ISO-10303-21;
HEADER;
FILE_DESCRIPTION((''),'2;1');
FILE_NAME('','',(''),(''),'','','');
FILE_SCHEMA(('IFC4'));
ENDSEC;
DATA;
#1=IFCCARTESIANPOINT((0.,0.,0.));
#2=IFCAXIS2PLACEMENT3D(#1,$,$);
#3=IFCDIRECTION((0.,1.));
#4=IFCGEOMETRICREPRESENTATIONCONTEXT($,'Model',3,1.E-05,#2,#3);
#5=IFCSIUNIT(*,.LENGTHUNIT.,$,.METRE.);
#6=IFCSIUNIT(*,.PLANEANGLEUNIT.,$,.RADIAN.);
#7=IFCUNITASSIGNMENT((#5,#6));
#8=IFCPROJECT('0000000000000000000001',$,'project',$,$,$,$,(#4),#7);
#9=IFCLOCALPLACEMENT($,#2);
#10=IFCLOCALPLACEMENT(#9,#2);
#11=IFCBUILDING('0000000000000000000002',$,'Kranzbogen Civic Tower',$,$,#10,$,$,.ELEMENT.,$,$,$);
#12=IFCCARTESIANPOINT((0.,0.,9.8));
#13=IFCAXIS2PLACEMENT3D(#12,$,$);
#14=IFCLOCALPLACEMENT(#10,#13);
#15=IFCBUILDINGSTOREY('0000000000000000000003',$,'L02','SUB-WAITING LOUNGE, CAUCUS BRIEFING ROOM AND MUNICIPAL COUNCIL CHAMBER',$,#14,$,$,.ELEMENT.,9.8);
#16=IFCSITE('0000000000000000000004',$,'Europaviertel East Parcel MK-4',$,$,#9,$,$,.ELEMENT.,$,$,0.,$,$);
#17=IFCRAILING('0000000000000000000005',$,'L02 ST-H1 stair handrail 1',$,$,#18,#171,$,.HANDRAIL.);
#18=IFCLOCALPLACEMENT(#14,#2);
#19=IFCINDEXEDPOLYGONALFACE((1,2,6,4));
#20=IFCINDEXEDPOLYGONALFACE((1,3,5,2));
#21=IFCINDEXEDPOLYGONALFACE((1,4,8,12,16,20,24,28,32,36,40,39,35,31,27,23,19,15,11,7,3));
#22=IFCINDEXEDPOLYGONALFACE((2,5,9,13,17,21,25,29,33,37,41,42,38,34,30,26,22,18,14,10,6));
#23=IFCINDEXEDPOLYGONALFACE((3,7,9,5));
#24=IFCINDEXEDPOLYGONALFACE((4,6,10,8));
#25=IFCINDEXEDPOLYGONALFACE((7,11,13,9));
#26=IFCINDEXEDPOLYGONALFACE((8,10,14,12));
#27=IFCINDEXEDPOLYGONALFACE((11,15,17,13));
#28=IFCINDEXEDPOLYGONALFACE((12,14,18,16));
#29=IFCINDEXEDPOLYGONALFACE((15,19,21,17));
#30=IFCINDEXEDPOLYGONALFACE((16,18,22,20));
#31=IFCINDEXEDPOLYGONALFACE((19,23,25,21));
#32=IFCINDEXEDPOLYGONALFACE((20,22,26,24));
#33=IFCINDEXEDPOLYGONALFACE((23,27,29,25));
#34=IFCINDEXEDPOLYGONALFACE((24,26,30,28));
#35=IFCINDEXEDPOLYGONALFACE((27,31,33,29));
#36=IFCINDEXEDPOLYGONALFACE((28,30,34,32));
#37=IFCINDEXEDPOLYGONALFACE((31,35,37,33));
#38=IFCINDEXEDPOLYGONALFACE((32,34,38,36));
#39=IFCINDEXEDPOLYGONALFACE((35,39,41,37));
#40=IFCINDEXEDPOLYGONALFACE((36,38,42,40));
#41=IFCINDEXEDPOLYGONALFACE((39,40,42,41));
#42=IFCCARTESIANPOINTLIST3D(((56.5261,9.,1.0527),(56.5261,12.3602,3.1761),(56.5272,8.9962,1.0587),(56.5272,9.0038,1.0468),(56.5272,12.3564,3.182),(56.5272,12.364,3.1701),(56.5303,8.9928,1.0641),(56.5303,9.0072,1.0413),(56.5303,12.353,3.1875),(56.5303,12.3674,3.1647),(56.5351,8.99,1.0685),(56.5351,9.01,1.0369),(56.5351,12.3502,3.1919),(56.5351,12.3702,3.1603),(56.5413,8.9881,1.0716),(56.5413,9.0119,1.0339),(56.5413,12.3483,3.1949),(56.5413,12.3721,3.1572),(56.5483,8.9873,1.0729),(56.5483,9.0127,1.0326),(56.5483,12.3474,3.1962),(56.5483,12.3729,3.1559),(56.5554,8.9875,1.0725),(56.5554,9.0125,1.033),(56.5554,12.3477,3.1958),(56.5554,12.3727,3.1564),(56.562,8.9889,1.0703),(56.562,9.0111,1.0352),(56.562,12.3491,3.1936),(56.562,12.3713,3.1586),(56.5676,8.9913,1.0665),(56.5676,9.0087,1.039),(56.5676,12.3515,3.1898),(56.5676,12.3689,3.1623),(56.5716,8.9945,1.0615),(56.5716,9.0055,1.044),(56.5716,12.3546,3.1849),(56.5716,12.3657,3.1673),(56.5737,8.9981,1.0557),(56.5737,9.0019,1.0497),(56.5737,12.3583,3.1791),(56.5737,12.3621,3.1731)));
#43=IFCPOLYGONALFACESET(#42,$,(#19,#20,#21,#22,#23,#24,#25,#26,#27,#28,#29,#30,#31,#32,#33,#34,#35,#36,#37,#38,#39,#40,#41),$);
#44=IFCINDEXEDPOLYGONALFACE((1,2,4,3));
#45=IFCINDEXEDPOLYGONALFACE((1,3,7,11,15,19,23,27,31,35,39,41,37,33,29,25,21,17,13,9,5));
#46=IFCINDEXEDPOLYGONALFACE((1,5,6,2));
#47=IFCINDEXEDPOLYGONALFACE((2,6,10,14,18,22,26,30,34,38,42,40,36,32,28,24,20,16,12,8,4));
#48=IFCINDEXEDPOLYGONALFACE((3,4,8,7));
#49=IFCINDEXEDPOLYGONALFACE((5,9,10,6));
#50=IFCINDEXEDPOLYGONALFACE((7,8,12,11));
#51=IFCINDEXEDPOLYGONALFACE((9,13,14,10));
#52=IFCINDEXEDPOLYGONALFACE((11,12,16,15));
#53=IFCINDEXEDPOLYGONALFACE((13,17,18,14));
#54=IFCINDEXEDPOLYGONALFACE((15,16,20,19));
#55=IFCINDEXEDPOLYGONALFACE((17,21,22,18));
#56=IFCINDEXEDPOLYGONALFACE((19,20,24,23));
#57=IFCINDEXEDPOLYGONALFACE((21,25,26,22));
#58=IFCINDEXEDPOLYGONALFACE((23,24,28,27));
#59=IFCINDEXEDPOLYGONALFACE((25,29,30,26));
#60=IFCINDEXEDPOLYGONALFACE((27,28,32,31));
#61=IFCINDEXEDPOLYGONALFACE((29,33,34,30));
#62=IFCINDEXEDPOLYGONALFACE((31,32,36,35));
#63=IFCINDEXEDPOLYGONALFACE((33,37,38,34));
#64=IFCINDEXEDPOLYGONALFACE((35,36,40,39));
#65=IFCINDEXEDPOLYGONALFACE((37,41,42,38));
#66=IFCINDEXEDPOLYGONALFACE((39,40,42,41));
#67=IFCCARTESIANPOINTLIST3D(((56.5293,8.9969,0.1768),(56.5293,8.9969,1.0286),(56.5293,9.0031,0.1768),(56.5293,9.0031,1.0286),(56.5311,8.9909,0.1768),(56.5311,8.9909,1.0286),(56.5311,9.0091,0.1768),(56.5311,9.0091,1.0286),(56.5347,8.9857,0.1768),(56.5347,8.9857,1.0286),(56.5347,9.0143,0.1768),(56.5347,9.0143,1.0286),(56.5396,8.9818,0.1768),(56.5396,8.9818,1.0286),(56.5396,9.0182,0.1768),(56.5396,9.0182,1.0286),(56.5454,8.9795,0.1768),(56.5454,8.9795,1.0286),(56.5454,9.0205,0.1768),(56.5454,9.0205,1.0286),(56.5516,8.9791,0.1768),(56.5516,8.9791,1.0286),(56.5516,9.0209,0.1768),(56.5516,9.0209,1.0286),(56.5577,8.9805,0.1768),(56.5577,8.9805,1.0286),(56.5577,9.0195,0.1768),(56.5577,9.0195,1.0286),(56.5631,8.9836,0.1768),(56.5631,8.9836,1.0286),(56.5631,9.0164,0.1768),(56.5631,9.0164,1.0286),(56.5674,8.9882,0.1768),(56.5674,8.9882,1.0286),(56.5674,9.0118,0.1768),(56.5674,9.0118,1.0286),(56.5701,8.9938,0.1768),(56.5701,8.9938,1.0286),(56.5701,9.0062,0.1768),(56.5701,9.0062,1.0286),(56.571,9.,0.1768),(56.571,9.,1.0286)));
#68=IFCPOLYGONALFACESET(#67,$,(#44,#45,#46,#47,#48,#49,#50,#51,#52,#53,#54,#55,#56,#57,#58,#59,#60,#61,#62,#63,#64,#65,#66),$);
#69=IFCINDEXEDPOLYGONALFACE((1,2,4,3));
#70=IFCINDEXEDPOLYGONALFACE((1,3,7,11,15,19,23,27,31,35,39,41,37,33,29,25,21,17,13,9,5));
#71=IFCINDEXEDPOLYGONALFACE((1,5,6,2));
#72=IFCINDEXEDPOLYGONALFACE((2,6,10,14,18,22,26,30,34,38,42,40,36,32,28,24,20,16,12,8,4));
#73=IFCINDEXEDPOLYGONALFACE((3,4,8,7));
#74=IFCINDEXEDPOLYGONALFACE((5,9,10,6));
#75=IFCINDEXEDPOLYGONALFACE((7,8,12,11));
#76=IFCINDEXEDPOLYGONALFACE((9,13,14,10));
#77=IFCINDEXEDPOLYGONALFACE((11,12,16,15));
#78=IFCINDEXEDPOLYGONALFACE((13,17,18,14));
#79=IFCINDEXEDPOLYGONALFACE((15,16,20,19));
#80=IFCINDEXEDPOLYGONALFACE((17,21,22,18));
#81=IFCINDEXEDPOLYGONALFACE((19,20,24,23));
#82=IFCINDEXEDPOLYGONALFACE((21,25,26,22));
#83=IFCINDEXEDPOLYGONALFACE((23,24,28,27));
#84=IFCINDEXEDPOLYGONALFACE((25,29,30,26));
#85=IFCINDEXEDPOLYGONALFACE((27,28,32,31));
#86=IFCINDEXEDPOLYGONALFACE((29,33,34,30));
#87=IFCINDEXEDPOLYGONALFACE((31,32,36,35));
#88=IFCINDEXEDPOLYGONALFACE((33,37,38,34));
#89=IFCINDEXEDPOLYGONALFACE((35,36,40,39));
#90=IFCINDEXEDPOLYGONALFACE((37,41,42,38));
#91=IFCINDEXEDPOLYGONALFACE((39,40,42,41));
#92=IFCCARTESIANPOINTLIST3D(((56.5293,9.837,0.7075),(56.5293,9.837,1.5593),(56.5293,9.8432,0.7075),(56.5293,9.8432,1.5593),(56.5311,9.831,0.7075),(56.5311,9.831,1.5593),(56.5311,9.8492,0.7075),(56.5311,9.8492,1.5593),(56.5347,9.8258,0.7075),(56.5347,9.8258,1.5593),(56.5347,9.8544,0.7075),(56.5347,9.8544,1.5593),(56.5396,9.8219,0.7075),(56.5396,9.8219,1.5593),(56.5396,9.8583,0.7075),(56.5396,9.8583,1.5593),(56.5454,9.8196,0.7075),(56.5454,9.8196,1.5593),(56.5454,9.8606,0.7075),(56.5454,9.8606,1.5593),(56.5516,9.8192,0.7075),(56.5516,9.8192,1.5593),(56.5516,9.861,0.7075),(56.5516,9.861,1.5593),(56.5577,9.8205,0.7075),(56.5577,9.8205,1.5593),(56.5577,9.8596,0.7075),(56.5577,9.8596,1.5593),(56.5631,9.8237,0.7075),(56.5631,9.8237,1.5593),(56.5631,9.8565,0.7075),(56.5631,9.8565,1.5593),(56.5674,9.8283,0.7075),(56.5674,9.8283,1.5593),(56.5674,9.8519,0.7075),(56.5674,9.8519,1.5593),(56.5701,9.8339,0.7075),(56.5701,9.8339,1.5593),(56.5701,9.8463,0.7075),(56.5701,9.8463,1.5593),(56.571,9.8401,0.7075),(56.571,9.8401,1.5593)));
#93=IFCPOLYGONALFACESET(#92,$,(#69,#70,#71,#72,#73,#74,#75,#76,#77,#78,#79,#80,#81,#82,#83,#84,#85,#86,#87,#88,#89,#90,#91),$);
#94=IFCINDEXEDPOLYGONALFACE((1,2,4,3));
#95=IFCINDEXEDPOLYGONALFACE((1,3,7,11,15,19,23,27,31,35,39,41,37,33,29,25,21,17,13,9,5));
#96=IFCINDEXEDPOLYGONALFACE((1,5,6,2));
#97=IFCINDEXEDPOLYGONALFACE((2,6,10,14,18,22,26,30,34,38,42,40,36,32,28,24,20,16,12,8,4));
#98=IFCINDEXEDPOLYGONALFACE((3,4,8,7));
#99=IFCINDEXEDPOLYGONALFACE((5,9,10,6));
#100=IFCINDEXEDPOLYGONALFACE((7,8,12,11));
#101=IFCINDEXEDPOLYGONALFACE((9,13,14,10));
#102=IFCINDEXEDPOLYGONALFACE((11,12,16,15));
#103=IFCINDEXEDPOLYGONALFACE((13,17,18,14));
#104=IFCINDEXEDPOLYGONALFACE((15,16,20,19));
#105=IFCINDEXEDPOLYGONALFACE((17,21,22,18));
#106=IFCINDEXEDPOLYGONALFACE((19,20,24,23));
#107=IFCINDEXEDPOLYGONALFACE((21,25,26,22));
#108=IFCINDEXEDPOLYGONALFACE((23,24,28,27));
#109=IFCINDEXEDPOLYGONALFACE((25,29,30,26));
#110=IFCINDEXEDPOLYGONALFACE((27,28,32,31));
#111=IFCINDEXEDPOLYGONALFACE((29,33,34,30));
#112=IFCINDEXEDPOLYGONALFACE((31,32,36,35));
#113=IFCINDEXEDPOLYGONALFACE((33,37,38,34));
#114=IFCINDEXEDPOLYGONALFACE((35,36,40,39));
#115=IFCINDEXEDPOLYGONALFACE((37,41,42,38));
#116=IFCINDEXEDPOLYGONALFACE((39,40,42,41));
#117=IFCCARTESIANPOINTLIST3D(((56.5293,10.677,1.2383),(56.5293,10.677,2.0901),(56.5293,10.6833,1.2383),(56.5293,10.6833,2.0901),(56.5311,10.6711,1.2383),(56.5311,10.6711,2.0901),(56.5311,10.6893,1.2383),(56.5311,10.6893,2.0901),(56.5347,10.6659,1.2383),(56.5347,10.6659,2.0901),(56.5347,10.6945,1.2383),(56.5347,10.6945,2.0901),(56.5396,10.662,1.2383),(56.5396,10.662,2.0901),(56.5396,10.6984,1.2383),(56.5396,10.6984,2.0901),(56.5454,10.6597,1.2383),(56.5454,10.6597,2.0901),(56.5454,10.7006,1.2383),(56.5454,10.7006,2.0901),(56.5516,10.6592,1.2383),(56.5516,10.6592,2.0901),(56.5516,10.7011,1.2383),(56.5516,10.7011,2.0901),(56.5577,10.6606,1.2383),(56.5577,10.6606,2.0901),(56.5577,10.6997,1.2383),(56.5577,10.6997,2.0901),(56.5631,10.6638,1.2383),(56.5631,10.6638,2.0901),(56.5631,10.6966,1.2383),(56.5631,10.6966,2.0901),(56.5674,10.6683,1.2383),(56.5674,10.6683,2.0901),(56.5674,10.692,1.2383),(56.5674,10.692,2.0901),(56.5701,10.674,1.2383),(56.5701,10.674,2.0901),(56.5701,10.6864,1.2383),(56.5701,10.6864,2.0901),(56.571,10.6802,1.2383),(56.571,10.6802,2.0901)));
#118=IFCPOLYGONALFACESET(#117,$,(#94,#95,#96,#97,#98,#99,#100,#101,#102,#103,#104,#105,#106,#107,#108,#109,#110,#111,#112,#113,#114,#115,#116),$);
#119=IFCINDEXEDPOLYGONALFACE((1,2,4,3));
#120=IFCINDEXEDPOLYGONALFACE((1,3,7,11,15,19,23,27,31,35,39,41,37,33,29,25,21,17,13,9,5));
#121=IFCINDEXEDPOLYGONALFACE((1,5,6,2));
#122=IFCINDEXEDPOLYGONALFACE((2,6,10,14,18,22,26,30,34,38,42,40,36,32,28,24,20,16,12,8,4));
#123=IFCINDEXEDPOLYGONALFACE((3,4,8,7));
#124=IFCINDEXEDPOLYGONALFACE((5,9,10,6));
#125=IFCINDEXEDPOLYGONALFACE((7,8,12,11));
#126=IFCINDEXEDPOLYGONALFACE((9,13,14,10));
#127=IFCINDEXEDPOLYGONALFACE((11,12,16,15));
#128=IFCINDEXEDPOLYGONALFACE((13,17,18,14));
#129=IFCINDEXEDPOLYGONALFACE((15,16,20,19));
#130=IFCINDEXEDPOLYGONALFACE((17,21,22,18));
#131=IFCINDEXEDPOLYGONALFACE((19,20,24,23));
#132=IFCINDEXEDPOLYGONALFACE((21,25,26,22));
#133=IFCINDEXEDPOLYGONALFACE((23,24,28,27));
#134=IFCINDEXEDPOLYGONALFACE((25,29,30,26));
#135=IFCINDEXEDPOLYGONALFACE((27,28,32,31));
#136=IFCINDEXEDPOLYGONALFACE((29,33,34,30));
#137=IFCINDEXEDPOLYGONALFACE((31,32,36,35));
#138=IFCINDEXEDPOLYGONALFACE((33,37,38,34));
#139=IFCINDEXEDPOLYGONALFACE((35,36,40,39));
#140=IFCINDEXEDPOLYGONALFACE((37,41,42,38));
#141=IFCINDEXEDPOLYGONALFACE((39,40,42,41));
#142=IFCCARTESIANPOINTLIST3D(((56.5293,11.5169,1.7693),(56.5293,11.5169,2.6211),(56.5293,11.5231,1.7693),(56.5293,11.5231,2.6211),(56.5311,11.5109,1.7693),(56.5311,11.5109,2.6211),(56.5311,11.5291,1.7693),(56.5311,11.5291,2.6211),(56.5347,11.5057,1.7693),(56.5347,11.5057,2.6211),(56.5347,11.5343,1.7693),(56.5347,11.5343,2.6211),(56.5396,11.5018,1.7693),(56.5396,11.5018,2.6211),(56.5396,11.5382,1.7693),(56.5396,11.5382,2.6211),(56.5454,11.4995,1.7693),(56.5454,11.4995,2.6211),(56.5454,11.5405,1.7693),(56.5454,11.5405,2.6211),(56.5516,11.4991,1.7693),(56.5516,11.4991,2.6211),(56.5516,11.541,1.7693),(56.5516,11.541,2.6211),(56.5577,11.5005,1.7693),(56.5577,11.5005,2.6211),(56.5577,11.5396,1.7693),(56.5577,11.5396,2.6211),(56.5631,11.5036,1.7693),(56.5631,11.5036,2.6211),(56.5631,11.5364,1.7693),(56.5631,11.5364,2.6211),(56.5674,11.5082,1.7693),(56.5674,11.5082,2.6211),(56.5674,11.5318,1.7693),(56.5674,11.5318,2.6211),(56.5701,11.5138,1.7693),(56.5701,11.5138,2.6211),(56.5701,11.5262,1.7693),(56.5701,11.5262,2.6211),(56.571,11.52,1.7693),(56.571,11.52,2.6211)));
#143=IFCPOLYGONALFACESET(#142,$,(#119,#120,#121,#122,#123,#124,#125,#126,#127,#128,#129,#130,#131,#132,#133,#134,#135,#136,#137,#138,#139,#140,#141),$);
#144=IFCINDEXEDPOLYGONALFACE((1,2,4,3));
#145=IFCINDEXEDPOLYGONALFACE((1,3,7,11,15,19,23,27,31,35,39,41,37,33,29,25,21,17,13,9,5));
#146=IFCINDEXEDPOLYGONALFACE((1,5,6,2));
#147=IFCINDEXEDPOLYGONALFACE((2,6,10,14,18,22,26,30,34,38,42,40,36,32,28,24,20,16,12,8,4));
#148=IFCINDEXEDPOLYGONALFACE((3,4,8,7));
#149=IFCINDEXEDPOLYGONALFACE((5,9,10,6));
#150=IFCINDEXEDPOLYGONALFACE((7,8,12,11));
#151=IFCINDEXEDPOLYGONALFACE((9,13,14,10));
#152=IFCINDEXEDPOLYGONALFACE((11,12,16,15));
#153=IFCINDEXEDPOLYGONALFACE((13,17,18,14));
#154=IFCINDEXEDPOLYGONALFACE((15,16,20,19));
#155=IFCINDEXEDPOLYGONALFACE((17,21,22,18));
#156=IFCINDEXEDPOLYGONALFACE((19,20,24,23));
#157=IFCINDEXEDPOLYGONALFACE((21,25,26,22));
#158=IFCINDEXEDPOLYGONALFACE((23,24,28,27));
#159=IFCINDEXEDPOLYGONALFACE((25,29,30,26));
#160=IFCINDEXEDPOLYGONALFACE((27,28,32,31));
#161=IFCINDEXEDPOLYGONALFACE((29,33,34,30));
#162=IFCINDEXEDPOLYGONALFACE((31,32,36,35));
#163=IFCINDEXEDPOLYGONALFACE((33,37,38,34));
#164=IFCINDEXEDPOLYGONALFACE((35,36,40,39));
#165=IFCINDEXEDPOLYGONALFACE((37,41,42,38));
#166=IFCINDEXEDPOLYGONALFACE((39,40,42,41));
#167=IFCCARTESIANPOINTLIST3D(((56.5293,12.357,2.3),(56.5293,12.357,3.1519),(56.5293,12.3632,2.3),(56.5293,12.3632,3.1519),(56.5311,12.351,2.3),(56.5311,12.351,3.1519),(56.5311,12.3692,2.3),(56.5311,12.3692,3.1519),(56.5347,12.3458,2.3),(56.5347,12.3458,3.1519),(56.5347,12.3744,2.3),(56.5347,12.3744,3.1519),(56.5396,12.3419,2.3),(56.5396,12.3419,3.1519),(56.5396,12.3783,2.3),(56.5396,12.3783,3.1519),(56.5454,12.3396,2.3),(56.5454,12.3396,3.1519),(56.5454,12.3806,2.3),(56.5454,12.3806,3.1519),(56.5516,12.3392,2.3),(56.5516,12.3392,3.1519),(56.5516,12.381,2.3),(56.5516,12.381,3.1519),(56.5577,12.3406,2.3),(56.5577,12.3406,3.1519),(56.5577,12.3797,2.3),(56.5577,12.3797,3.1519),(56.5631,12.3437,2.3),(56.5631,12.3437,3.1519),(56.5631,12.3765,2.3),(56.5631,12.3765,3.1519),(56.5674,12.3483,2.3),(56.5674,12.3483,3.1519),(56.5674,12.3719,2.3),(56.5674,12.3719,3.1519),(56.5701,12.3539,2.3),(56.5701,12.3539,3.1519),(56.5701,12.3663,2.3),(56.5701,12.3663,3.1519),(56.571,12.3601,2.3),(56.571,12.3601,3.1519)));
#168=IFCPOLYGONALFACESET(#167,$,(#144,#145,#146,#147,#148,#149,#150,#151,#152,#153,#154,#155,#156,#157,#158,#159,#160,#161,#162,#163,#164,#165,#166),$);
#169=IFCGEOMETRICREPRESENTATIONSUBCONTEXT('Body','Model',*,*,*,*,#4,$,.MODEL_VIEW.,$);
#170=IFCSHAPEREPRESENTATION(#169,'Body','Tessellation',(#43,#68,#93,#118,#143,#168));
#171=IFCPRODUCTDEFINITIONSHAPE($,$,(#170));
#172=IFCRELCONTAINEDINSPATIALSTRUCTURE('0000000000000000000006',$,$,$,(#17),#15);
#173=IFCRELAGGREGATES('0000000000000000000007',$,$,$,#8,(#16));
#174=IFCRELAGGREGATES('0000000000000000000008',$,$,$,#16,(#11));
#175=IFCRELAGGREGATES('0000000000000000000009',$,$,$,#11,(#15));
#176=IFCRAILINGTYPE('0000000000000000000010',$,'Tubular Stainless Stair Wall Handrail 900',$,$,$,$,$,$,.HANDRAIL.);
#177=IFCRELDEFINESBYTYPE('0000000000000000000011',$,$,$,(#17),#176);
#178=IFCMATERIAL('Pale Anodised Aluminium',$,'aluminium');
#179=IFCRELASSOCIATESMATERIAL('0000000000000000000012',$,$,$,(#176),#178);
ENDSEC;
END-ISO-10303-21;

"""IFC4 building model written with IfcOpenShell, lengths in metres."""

from ifc_helpers import new_model, si_unit, direction, frame, origin, origin_2d, place, context, subcontext, project, spatial, circle, extrude, material, type_object, element, save


model = new_model("IFC4")

# Units and contexts
model_context = context("Model", 3, precision=1e-05, world=origin(), true_north=direction((0.0, 1.0)))
body_context = subcontext(model_context, "Body", "Model", "MODEL_VIEW")
ifc_project = project(units=[si_unit("LENGTHUNIT", "METRE"), si_unit("PLANEANGLEUNIT", "RADIAN")], contexts=[model_context])

# Site, building, storey
site_placement = place(None, origin())
site = spatial("IfcSite", under=ifc_project, at=site_placement, Name="Europaviertel East Parcel MK-4", CompositionType="ELEMENT", RefElevation=0.0)
building_placement = place(site_placement, origin())
building = spatial("IfcBuilding", under=site, at=building_placement, Name="Kranzbogen Civic Tower", CompositionType="ELEMENT")
storey_placement = place(building_placement, frame((0.0, 0.0, 9.8)))
storey = spatial("IfcBuildingStorey", under=building, at=storey_placement, Name="L02", Description="SUB-WAITING LOUNGE, CAUCUS BRIEFING ROOM AND MUNICIPAL COUNCIL CHAMBER", CompositionType="ELEMENT", Elevation=9.8)

# Shared definitions
ifc_material_1 = material(Name="Pale Anodised Aluminium", Category="aluminium")

# Railing
railing_type_1 = type_object("IfcRailingType", Name="Tubular Stainless Stair Wall Handrail 900", PredefinedType="HANDRAIL", material=ifc_material_1)
railing_1_placement = place(storey_placement, frame((56.55, 9.0, 0.1768)))
element("IfcRailing", 1, at=railing_1_placement, inside=storey, type_object=railing_type_1, Name="L02 ST-H1 stair handrail 1", PredefinedType="HANDRAIL", context=body_context, shape_type="SweptSolid", body=[
    extrude(circle(Radius=0.0239, at=origin_2d()), frame((0.0, 0.0, 0.876), z_axis=(0.0, 0.845362, 0.534194), x_axis=(-1.0, 0.0, 0.0)), (0.0, 0.0, 1.0), 3.9749),
    extrude(circle(Radius=0.021, at=origin_2d()), origin(), (0.0, 0.0, 1.0), 0.8518),
    extrude(circle(Radius=0.021, at=origin_2d()), frame((0.0, 0.8401, 0.5308)), (0.0, 0.0, 1.0), 0.8518),
    extrude(circle(Radius=0.021, at=origin_2d()), frame((0.0, 1.6802, 1.0615)), (0.0, 0.0, 1.0), 0.8518),
    extrude(circle(Radius=0.021, at=origin_2d()), frame((0.0, 2.52, 1.5925)), (0.0, 0.0, 1.0), 0.8518),
    extrude(circle(Radius=0.021, at=origin_2d()), frame((0.0, 3.3601, 2.1233)), (0.0, 0.0, 1.0), 0.8518),
])

save(model, "model.ifc")
